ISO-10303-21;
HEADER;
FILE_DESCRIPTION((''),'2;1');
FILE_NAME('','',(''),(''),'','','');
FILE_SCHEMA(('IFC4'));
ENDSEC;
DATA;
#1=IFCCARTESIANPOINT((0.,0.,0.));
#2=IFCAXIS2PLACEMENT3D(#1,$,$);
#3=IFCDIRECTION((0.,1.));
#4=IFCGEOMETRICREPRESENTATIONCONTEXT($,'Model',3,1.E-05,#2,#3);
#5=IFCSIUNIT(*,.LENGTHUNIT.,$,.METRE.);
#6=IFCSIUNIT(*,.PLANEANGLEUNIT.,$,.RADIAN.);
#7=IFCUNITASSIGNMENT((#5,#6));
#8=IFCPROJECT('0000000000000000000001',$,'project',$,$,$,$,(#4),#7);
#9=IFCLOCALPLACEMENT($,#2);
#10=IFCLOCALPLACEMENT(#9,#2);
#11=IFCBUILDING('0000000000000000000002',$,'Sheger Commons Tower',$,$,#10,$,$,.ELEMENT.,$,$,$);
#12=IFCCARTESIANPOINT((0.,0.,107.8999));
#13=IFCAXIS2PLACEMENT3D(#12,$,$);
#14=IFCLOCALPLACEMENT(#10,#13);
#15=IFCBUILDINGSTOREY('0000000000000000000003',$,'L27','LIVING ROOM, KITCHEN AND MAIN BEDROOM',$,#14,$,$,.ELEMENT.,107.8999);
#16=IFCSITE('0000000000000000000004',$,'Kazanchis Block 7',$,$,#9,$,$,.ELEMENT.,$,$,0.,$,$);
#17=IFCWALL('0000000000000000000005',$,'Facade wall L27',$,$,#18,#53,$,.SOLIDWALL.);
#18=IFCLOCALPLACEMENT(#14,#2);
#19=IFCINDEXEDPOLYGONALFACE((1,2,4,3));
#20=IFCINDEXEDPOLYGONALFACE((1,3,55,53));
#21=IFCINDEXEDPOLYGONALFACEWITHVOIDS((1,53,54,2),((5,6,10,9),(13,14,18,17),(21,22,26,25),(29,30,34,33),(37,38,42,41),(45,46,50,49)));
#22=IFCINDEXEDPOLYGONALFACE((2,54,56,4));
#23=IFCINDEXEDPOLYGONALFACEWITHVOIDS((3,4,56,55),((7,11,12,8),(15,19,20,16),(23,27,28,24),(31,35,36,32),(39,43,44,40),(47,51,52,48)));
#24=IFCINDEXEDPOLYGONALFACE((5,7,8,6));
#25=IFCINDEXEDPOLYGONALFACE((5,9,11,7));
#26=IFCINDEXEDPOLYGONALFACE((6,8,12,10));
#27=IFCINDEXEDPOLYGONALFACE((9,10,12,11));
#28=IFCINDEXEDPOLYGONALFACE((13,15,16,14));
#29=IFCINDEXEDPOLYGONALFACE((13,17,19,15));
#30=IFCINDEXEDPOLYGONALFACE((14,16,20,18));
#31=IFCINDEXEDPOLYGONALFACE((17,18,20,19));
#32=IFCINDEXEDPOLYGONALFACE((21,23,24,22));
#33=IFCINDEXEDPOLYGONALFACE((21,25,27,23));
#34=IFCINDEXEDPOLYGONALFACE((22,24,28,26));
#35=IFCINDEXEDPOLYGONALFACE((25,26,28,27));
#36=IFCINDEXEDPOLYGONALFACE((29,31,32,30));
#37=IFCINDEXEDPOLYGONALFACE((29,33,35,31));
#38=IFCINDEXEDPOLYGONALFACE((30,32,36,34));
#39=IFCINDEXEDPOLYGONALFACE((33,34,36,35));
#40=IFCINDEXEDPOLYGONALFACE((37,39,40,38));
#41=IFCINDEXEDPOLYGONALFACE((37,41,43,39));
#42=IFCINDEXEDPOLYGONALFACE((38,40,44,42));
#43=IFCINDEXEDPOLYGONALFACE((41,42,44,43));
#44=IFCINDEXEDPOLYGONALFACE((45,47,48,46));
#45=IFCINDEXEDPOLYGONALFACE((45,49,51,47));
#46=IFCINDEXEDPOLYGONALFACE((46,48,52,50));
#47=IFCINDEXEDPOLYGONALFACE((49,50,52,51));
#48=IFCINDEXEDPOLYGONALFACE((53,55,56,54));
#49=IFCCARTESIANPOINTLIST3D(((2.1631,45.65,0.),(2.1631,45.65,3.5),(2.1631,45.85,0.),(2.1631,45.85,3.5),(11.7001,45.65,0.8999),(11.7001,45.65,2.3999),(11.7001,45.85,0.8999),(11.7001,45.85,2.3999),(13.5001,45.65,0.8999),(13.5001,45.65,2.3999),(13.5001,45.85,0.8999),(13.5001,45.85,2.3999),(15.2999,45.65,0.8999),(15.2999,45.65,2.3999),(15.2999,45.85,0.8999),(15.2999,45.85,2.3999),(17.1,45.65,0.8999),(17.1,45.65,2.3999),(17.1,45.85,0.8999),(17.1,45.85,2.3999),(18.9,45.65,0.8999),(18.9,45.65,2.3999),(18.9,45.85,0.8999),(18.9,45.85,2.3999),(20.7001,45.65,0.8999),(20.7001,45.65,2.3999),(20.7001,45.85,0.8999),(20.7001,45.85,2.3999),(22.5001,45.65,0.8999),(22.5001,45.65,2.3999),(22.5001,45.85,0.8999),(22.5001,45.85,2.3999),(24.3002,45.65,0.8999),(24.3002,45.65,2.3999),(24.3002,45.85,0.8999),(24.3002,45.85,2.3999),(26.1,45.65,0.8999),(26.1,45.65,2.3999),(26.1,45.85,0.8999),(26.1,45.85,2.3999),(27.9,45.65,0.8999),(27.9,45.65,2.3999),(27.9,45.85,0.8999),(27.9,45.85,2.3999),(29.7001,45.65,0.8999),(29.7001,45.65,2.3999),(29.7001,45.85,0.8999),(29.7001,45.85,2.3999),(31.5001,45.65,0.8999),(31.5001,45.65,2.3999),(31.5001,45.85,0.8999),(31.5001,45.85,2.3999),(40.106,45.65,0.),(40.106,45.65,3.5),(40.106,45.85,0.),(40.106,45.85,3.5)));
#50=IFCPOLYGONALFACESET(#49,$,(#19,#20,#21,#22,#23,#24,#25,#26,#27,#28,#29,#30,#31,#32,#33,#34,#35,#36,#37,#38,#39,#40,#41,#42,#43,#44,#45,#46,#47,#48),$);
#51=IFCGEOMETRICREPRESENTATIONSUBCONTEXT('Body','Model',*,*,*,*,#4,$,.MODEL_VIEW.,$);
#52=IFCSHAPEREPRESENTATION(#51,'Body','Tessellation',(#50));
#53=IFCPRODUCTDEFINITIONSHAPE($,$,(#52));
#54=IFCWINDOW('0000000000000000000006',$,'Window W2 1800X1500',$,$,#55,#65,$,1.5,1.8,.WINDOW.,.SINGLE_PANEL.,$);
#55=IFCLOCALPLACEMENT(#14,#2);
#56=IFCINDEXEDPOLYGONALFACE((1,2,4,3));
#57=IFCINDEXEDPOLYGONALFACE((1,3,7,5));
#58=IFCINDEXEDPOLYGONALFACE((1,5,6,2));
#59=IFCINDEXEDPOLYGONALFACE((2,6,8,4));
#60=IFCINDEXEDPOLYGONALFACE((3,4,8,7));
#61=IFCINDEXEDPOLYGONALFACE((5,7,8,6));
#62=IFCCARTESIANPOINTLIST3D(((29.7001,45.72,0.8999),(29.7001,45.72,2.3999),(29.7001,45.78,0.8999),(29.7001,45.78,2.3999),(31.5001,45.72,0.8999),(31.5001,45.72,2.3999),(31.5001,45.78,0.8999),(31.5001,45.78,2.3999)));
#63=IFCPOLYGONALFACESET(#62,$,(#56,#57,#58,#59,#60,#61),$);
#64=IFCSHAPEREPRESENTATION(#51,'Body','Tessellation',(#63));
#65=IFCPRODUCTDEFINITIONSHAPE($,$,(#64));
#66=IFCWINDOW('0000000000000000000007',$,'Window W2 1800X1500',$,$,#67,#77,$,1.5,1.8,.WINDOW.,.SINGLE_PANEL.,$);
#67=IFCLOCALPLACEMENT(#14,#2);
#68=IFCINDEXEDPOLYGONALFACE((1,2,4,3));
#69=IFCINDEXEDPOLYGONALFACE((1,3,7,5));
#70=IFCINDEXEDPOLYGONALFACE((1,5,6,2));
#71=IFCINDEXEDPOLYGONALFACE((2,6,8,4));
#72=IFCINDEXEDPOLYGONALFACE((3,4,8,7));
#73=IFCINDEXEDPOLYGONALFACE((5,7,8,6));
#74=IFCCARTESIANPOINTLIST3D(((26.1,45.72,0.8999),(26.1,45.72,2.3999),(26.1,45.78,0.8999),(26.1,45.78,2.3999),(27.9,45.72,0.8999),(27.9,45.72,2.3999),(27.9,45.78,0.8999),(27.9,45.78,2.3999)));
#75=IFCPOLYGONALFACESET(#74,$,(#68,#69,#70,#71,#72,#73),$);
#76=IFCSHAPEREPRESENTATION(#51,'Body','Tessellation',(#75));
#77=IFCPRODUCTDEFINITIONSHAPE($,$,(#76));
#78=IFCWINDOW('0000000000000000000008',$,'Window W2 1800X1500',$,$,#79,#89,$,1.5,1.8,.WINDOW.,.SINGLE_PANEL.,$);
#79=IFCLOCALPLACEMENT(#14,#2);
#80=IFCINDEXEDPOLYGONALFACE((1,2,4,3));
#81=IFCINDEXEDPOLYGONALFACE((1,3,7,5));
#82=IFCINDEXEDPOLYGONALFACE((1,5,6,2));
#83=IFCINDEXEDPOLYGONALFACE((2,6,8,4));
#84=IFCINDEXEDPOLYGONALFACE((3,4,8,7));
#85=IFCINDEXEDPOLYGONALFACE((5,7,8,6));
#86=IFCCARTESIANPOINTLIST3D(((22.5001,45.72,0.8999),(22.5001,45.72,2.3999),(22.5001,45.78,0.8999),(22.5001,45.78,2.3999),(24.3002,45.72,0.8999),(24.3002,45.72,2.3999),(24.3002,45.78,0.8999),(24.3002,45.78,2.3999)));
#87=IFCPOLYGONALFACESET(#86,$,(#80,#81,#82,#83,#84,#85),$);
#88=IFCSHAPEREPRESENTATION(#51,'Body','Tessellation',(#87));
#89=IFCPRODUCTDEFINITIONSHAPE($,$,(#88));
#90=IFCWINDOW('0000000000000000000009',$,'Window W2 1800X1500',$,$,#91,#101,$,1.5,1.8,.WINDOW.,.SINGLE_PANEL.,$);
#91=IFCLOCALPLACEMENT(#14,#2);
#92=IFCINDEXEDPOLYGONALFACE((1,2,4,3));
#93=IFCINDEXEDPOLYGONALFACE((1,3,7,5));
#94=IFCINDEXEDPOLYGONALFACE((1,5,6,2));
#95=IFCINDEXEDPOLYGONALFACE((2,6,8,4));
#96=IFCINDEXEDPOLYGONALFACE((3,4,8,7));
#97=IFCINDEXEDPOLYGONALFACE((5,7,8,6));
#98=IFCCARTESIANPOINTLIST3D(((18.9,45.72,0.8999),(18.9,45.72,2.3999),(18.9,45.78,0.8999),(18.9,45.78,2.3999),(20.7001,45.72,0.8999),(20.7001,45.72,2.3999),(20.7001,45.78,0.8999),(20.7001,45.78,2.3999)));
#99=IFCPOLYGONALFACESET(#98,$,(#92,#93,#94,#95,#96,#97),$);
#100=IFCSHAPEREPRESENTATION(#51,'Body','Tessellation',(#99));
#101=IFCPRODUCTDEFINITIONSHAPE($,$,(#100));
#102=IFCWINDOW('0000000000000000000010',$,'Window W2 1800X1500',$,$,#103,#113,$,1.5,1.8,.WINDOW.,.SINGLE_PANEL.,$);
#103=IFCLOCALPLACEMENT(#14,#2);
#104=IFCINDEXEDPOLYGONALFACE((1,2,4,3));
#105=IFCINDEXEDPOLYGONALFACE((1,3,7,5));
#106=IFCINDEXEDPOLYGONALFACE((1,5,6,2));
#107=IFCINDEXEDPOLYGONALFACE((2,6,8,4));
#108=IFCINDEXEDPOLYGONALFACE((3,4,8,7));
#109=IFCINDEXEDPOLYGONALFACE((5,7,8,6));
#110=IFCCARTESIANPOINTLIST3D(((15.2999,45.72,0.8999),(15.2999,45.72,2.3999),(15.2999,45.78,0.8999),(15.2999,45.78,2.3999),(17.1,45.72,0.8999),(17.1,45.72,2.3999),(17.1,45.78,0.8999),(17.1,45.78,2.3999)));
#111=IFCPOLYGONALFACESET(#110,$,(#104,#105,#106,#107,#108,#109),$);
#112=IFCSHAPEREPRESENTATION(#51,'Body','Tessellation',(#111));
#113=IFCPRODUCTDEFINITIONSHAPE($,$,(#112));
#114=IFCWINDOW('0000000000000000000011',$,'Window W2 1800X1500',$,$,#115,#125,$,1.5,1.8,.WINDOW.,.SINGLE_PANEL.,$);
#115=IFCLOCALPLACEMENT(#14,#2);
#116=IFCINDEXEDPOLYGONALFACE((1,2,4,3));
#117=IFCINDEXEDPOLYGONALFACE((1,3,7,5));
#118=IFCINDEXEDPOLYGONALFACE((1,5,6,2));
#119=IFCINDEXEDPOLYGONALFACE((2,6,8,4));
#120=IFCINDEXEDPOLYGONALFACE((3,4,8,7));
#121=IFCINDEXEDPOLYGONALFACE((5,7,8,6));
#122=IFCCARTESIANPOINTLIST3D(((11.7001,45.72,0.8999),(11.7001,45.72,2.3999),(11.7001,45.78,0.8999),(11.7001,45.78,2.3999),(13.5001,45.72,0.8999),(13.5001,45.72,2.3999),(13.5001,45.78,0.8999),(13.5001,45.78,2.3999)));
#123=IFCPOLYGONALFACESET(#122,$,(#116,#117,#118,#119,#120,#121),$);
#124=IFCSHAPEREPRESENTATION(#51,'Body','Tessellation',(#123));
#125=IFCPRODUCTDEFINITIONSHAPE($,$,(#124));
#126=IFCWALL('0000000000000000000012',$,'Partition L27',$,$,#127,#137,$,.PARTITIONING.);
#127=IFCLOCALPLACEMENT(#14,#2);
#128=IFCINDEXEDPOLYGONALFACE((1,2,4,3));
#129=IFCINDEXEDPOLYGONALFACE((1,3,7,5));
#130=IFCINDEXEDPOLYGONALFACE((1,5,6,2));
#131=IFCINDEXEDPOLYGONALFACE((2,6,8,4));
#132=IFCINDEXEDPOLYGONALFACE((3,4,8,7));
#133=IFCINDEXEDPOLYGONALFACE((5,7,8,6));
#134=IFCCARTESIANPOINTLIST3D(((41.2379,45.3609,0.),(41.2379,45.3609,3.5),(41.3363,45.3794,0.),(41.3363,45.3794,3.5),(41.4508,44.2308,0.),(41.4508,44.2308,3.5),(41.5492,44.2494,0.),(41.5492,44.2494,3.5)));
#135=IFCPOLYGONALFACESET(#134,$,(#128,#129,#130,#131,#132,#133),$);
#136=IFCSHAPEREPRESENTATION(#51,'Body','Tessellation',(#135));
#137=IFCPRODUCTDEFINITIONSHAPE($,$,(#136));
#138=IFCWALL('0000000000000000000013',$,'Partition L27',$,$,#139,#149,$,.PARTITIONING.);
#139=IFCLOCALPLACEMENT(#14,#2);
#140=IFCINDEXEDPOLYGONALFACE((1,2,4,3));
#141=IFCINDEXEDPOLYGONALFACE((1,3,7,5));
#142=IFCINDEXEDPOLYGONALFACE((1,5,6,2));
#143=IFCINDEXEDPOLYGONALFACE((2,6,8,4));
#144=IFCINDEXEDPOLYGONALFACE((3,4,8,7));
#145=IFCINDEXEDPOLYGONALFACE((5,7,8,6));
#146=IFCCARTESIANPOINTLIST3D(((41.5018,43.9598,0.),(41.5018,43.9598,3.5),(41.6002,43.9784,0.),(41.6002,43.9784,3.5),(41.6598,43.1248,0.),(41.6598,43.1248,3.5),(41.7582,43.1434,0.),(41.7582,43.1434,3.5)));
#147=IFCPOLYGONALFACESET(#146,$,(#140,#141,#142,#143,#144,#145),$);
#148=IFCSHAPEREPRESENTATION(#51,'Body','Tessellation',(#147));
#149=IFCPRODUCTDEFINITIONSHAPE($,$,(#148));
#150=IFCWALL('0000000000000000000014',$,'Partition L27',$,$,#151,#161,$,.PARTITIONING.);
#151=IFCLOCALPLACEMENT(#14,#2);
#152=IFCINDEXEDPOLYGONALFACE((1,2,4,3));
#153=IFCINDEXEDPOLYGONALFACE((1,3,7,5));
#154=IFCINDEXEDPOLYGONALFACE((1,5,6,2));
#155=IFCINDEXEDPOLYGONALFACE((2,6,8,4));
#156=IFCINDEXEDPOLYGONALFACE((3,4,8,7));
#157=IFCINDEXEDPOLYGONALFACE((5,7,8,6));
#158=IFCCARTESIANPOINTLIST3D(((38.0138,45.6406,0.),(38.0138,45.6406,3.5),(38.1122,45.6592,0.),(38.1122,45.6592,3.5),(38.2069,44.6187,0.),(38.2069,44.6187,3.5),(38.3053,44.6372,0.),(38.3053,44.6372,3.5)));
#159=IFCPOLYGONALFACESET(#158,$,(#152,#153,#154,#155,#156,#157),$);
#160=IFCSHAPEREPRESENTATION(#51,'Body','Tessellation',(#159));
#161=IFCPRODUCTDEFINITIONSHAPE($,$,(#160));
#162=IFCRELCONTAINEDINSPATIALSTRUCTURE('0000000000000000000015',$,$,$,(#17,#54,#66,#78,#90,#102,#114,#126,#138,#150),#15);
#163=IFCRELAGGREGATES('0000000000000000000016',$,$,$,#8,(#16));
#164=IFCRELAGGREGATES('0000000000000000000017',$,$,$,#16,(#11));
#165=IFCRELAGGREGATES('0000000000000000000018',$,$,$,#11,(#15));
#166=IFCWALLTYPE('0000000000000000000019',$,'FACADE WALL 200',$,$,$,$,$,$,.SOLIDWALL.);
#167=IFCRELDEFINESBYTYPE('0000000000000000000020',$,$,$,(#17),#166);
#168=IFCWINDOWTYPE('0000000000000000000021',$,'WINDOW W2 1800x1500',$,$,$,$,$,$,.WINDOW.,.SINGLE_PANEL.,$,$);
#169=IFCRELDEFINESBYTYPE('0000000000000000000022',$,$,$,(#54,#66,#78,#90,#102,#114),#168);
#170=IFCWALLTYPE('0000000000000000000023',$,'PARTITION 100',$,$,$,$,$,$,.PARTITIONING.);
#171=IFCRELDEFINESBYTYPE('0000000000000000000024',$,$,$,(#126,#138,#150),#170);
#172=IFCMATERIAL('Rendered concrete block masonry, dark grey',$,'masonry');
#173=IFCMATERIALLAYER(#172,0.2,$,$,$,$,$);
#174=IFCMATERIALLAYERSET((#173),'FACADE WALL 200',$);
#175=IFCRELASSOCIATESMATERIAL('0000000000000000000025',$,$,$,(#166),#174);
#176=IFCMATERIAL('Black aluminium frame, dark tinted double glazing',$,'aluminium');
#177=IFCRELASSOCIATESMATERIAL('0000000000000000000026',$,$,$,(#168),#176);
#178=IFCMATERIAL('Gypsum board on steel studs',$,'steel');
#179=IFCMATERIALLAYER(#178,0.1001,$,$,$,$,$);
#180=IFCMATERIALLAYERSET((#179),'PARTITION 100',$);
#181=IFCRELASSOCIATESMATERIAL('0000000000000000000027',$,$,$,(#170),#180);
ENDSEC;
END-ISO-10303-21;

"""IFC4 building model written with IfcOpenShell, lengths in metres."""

from ifc_helpers import new_model, si_unit, direction, frame, frame_2d, origin, place, context, subcontext, project, spatial, rectangle, extrude, material, layer, layer_set, type_object, element, fill, save


model = new_model("IFC4")

# Units and contexts
model_context = context("Model", 3, precision=1e-05, world=origin(), true_north=direction((0.0, 1.0)))
body_context = subcontext(model_context, "Body", "Model", "MODEL_VIEW")
ifc_project = project(units=[si_unit("LENGTHUNIT", "METRE"), si_unit("PLANEANGLEUNIT", "RADIAN")], contexts=[model_context])

# Site, building, storey
site_placement = place(None, origin())
site = spatial("IfcSite", under=ifc_project, at=site_placement, Name="Kazanchis Block 7", CompositionType="ELEMENT", RefElevation=0.0)
building_placement = place(site_placement, origin())
building = spatial("IfcBuilding", under=site, at=building_placement, Name="Sheger Commons Tower", CompositionType="ELEMENT")
storey_placement = place(building_placement, frame((0.0, 0.0, 107.8999)))
storey = spatial("IfcBuildingStorey", under=building, at=storey_placement, Name="L27", Description="LIVING ROOM, KITCHEN AND MAIN BEDROOM", CompositionType="ELEMENT", Elevation=107.8999)

# Shared definitions
ifc_material_1 = material(Name="Rendered concrete block masonry, dark grey", Category="masonry")
ifc_layer_1 = layer(ifc_material_1, 0.2)
ifc_layer_set_1 = layer_set([ifc_layer_1], Name="FACADE WALL 200")
wall_type_1 = type_object("IfcWallType", Name="FACADE WALL 200", PredefinedType="SOLIDWALL", material=ifc_layer_set_1)

# Wall, openings, windows
wall_1_placement = place(storey_placement, frame((40.106, 45.75, 0.0), z_axis=(0.0, 0.0, 1.0), x_axis=(-1.0, 0.0, 0.0)))
wall_1 = element("IfcWall", 1, at=wall_1_placement, inside=storey, type_object=wall_type_1, Name="Facade wall L27", PredefinedType="SOLIDWALL", context=body_context, shape_type="SweptSolid", body=[
    extrude(rectangle(XDim=37.9429, YDim=0.2, at=frame_2d((18.9714, 0.0))), origin(), (0.0, 0.0, 1.0), 3.5),
])
opening_1_placement = place(wall_1_placement, frame((8.606, 0.0, 0.8999)))
opening_1 = element("IfcOpeningElement", 2, at=opening_1_placement, cuts=wall_1, PredefinedType="OPENING", context=body_context, shape_type="SweptSolid", body=[
    extrude(rectangle(XDim=1.8, YDim=1.5, at=frame_2d((0.8999, 0.75))), frame((0.0, 0.1099, 0.0), z_axis=(0.0, -1.0, 0.0), x_axis=(1.0, 0.0, 0.0)), (0.0, 0.0, 1.0), 0.22),
])
opening_2_placement = place(wall_1_placement, frame((12.2061, 0.0, 0.8999)))
opening_2 = element("IfcOpeningElement", 3, at=opening_2_placement, cuts=wall_1, PredefinedType="OPENING", context=body_context, shape_type="SweptSolid", body=[
    extrude(rectangle(XDim=1.8, YDim=1.5, at=frame_2d((0.8999, 0.75))), frame((0.0, 0.1099, 0.0), z_axis=(0.0, -1.0, 0.0), x_axis=(1.0, 0.0, 0.0)), (0.0, 0.0, 1.0), 0.22),
])
opening_3_placement = place(wall_1_placement, frame((15.8059, 0.0, 0.8999)))
opening_3 = element("IfcOpeningElement", 4, at=opening_3_placement, cuts=wall_1, PredefinedType="OPENING", context=body_context, shape_type="SweptSolid", body=[
    extrude(rectangle(XDim=1.8, YDim=1.5, at=frame_2d((0.8999, 0.75))), frame((0.0, 0.1099, 0.0), z_axis=(0.0, -1.0, 0.0), x_axis=(1.0, 0.0, 0.0)), (0.0, 0.0, 1.0), 0.22),
])
opening_4_placement = place(wall_1_placement, frame((19.406, 0.0, 0.8999)))
opening_4 = element("IfcOpeningElement", 5, at=opening_4_placement, cuts=wall_1, PredefinedType="OPENING", context=body_context, shape_type="SweptSolid", body=[
    extrude(rectangle(XDim=1.8, YDim=1.5, at=frame_2d((0.8999, 0.75))), frame((0.0, 0.1099, 0.0), z_axis=(0.0, -1.0, 0.0), x_axis=(1.0, 0.0, 0.0)), (0.0, 0.0, 1.0), 0.22),
])
opening_5_placement = place(wall_1_placement, frame((23.0061, 0.0, 0.8999)))
opening_5 = element("IfcOpeningElement", 6, at=opening_5_placement, cuts=wall_1, PredefinedType="OPENING", context=body_context, shape_type="SweptSolid", body=[
    extrude(rectangle(XDim=1.8, YDim=1.5, at=frame_2d((0.8999, 0.75))), frame((0.0, 0.1099, 0.0), z_axis=(0.0, -1.0, 0.0), x_axis=(1.0, 0.0, 0.0)), (0.0, 0.0, 1.0), 0.22),
])
opening_6_placement = place(wall_1_placement, frame((26.606, 0.0, 0.8999)))
opening_6 = element("IfcOpeningElement", 7, at=opening_6_placement, cuts=wall_1, PredefinedType="OPENING", context=body_context, shape_type="SweptSolid", body=[
    extrude(rectangle(XDim=1.8, YDim=1.5, at=frame_2d((0.8999, 0.75))), frame((0.0, 0.1099, 0.0), z_axis=(0.0, -1.0, 0.0), x_axis=(1.0, 0.0, 0.0)), (0.0, 0.0, 1.0), 0.22),
])
ifc_material_2 = material(Name="Black aluminium frame, dark tinted double glazing", Category="aluminium")
window_type = type_object("IfcWindowType", Name="WINDOW W2 1800x1500", PartitioningType="SINGLE_PANEL", PredefinedType="WINDOW", material=ifc_material_2)
window_1_placement = place(opening_1_placement, origin())
window_1 = element("IfcWindow", 8, at=window_1_placement, inside=storey, type_object=window_type, Name="Window W2 1800X1500", OverallHeight=1.5, OverallWidth=1.8, PartitioningType="SINGLE_PANEL", PredefinedType="WINDOW", context=body_context, shape_type="SweptSolid", body=[
    extrude(rectangle(XDim=1.8, YDim=1.5, at=frame_2d((0.8999, 0.75))), frame((0.0, 0.03, 0.0), z_axis=(0.0, -1.0, 0.0), x_axis=(1.0, 0.0, 0.0)), (0.0, 0.0, 1.0), 0.0601),
])
fill(opening_1, window_1)
window_2_placement = place(opening_2_placement, origin())
window_2 = element("IfcWindow", 9, at=window_2_placement, inside=storey, type_object=window_type, Name="Window W2 1800X1500", OverallHeight=1.5, OverallWidth=1.8, PartitioningType="SINGLE_PANEL", PredefinedType="WINDOW", context=body_context, shape_type="SweptSolid", body=[
    extrude(rectangle(XDim=1.8, YDim=1.5, at=frame_2d((0.8999, 0.75))), frame((0.0, 0.03, 0.0), z_axis=(0.0, -1.0, 0.0), x_axis=(1.0, 0.0, 0.0)), (0.0, 0.0, 1.0), 0.0601),
])
fill(opening_2, window_2)
window_3_placement = place(opening_3_placement, origin())
window_3 = element("IfcWindow", 10, at=window_3_placement, inside=storey, type_object=window_type, Name="Window W2 1800X1500", OverallHeight=1.5, OverallWidth=1.8, PartitioningType="SINGLE_PANEL", PredefinedType="WINDOW", context=body_context, shape_type="SweptSolid", body=[
    extrude(rectangle(XDim=1.8, YDim=1.5, at=frame_2d((0.8999, 0.75))), frame((0.0, 0.03, 0.0), z_axis=(0.0, -1.0, 0.0), x_axis=(1.0, 0.0, 0.0)), (0.0, 0.0, 1.0), 0.0601),
])
fill(opening_3, window_3)
window_4_placement = place(opening_4_placement, origin())
window_4 = element("IfcWindow", 11, at=window_4_placement, inside=storey, type_object=window_type, Name="Window W2 1800X1500", OverallHeight=1.5, OverallWidth=1.8, PartitioningType="SINGLE_PANEL", PredefinedType="WINDOW", context=body_context, shape_type="SweptSolid", body=[
    extrude(rectangle(XDim=1.8, YDim=1.5, at=frame_2d((0.8999, 0.75))), frame((0.0, 0.03, 0.0), z_axis=(0.0, -1.0, 0.0), x_axis=(1.0, 0.0, 0.0)), (0.0, 0.0, 1.0), 0.0601),
])
fill(opening_4, window_4)
window_5_placement = place(opening_5_placement, origin())
window_5 = element("IfcWindow", 12, at=window_5_placement, inside=storey, type_object=window_type, Name="Window W2 1800X1500", OverallHeight=1.5, OverallWidth=1.8, PartitioningType="SINGLE_PANEL", PredefinedType="WINDOW", context=body_context, shape_type="SweptSolid", body=[
    extrude(rectangle(XDim=1.8, YDim=1.5, at=frame_2d((0.8999, 0.75))), frame((0.0, 0.03, 0.0), z_axis=(0.0, -1.0, 0.0), x_axis=(1.0, 0.0, 0.0)), (0.0, 0.0, 1.0), 0.0601),
])
fill(opening_5, window_5)
window_6_placement = place(opening_6_placement, origin())
window_6 = element("IfcWindow", 13, at=window_6_placement, inside=storey, type_object=window_type, Name="Window W2 1800X1500", OverallHeight=1.5, OverallWidth=1.8, PartitioningType="SINGLE_PANEL", PredefinedType="WINDOW", context=body_context, shape_type="SweptSolid", body=[
    extrude(rectangle(XDim=1.8, YDim=1.5, at=frame_2d((0.8999, 0.75))), frame((0.0, 0.03, 0.0), z_axis=(0.0, -1.0, 0.0), x_axis=(1.0, 0.0, 0.0)), (0.0, 0.0, 1.0), 0.0601),
])
fill(opening_6, window_6)

# Walls
ifc_material_3 = material(Name="Gypsum board on steel studs", Category="steel")
ifc_layer_2 = layer(ifc_material_3, 0.1001)
ifc_layer_set_2 = layer_set([ifc_layer_2], Name="PARTITION 100")
wall_type_2 = type_object("IfcWallType", Name="PARTITION 100", PredefinedType="PARTITIONING", material=ifc_layer_set_2)
wall_2_placement = place(storey_placement, frame((41.2871, 45.3701, 0.0), z_axis=(0.0, 0.0, 1.0), x_axis=(0.185122, -0.982716, 0.0)))
element("IfcWall", 14, at=wall_2_placement, inside=storey, type_object=wall_type_2, Name="Partition L27", PredefinedType="PARTITIONING", context=body_context, shape_type="SweptSolid", body=[
    extrude(rectangle(XDim=1.1499, YDim=0.1001, at=frame_2d((0.575, 0.0))), origin(), (0.0, 0.0, 1.0), 3.5),
])
wall_3_placement = place(storey_placement, frame((41.551, 43.969, 0.0), z_axis=(0.0, 0.0, 1.0), x_axis=(0.185884, -0.982572, 0.0)))
element("IfcWall", 15, at=wall_3_placement, inside=storey, type_object=wall_type_2, Name="Partition L27", PredefinedType="PARTITIONING", context=body_context, shape_type="SweptSolid", body=[
    extrude(rectangle(XDim=0.8499, YDim=0.1001, at=frame_2d((0.4248, 0.0))), origin(), (0.0, 0.0, 1.0), 3.5),
])
wall_4_placement = place(storey_placement, frame((38.063, 45.6499, 0.0), z_axis=(0.0, 0.0, 1.0), x_axis=(0.185677, -0.982611, 0.0)))
element("IfcWall", 16, at=wall_4_placement, inside=storey, type_object=wall_type_2, Name="Partition L27", PredefinedType="PARTITIONING", context=body_context, shape_type="SweptSolid", body=[
    extrude(rectangle(XDim=1.04, YDim=0.1001, at=frame_2d((0.52, 0.0))), origin(), (0.0, 0.0, 1.0), 3.5),
])

save(model, "model.ifc")
